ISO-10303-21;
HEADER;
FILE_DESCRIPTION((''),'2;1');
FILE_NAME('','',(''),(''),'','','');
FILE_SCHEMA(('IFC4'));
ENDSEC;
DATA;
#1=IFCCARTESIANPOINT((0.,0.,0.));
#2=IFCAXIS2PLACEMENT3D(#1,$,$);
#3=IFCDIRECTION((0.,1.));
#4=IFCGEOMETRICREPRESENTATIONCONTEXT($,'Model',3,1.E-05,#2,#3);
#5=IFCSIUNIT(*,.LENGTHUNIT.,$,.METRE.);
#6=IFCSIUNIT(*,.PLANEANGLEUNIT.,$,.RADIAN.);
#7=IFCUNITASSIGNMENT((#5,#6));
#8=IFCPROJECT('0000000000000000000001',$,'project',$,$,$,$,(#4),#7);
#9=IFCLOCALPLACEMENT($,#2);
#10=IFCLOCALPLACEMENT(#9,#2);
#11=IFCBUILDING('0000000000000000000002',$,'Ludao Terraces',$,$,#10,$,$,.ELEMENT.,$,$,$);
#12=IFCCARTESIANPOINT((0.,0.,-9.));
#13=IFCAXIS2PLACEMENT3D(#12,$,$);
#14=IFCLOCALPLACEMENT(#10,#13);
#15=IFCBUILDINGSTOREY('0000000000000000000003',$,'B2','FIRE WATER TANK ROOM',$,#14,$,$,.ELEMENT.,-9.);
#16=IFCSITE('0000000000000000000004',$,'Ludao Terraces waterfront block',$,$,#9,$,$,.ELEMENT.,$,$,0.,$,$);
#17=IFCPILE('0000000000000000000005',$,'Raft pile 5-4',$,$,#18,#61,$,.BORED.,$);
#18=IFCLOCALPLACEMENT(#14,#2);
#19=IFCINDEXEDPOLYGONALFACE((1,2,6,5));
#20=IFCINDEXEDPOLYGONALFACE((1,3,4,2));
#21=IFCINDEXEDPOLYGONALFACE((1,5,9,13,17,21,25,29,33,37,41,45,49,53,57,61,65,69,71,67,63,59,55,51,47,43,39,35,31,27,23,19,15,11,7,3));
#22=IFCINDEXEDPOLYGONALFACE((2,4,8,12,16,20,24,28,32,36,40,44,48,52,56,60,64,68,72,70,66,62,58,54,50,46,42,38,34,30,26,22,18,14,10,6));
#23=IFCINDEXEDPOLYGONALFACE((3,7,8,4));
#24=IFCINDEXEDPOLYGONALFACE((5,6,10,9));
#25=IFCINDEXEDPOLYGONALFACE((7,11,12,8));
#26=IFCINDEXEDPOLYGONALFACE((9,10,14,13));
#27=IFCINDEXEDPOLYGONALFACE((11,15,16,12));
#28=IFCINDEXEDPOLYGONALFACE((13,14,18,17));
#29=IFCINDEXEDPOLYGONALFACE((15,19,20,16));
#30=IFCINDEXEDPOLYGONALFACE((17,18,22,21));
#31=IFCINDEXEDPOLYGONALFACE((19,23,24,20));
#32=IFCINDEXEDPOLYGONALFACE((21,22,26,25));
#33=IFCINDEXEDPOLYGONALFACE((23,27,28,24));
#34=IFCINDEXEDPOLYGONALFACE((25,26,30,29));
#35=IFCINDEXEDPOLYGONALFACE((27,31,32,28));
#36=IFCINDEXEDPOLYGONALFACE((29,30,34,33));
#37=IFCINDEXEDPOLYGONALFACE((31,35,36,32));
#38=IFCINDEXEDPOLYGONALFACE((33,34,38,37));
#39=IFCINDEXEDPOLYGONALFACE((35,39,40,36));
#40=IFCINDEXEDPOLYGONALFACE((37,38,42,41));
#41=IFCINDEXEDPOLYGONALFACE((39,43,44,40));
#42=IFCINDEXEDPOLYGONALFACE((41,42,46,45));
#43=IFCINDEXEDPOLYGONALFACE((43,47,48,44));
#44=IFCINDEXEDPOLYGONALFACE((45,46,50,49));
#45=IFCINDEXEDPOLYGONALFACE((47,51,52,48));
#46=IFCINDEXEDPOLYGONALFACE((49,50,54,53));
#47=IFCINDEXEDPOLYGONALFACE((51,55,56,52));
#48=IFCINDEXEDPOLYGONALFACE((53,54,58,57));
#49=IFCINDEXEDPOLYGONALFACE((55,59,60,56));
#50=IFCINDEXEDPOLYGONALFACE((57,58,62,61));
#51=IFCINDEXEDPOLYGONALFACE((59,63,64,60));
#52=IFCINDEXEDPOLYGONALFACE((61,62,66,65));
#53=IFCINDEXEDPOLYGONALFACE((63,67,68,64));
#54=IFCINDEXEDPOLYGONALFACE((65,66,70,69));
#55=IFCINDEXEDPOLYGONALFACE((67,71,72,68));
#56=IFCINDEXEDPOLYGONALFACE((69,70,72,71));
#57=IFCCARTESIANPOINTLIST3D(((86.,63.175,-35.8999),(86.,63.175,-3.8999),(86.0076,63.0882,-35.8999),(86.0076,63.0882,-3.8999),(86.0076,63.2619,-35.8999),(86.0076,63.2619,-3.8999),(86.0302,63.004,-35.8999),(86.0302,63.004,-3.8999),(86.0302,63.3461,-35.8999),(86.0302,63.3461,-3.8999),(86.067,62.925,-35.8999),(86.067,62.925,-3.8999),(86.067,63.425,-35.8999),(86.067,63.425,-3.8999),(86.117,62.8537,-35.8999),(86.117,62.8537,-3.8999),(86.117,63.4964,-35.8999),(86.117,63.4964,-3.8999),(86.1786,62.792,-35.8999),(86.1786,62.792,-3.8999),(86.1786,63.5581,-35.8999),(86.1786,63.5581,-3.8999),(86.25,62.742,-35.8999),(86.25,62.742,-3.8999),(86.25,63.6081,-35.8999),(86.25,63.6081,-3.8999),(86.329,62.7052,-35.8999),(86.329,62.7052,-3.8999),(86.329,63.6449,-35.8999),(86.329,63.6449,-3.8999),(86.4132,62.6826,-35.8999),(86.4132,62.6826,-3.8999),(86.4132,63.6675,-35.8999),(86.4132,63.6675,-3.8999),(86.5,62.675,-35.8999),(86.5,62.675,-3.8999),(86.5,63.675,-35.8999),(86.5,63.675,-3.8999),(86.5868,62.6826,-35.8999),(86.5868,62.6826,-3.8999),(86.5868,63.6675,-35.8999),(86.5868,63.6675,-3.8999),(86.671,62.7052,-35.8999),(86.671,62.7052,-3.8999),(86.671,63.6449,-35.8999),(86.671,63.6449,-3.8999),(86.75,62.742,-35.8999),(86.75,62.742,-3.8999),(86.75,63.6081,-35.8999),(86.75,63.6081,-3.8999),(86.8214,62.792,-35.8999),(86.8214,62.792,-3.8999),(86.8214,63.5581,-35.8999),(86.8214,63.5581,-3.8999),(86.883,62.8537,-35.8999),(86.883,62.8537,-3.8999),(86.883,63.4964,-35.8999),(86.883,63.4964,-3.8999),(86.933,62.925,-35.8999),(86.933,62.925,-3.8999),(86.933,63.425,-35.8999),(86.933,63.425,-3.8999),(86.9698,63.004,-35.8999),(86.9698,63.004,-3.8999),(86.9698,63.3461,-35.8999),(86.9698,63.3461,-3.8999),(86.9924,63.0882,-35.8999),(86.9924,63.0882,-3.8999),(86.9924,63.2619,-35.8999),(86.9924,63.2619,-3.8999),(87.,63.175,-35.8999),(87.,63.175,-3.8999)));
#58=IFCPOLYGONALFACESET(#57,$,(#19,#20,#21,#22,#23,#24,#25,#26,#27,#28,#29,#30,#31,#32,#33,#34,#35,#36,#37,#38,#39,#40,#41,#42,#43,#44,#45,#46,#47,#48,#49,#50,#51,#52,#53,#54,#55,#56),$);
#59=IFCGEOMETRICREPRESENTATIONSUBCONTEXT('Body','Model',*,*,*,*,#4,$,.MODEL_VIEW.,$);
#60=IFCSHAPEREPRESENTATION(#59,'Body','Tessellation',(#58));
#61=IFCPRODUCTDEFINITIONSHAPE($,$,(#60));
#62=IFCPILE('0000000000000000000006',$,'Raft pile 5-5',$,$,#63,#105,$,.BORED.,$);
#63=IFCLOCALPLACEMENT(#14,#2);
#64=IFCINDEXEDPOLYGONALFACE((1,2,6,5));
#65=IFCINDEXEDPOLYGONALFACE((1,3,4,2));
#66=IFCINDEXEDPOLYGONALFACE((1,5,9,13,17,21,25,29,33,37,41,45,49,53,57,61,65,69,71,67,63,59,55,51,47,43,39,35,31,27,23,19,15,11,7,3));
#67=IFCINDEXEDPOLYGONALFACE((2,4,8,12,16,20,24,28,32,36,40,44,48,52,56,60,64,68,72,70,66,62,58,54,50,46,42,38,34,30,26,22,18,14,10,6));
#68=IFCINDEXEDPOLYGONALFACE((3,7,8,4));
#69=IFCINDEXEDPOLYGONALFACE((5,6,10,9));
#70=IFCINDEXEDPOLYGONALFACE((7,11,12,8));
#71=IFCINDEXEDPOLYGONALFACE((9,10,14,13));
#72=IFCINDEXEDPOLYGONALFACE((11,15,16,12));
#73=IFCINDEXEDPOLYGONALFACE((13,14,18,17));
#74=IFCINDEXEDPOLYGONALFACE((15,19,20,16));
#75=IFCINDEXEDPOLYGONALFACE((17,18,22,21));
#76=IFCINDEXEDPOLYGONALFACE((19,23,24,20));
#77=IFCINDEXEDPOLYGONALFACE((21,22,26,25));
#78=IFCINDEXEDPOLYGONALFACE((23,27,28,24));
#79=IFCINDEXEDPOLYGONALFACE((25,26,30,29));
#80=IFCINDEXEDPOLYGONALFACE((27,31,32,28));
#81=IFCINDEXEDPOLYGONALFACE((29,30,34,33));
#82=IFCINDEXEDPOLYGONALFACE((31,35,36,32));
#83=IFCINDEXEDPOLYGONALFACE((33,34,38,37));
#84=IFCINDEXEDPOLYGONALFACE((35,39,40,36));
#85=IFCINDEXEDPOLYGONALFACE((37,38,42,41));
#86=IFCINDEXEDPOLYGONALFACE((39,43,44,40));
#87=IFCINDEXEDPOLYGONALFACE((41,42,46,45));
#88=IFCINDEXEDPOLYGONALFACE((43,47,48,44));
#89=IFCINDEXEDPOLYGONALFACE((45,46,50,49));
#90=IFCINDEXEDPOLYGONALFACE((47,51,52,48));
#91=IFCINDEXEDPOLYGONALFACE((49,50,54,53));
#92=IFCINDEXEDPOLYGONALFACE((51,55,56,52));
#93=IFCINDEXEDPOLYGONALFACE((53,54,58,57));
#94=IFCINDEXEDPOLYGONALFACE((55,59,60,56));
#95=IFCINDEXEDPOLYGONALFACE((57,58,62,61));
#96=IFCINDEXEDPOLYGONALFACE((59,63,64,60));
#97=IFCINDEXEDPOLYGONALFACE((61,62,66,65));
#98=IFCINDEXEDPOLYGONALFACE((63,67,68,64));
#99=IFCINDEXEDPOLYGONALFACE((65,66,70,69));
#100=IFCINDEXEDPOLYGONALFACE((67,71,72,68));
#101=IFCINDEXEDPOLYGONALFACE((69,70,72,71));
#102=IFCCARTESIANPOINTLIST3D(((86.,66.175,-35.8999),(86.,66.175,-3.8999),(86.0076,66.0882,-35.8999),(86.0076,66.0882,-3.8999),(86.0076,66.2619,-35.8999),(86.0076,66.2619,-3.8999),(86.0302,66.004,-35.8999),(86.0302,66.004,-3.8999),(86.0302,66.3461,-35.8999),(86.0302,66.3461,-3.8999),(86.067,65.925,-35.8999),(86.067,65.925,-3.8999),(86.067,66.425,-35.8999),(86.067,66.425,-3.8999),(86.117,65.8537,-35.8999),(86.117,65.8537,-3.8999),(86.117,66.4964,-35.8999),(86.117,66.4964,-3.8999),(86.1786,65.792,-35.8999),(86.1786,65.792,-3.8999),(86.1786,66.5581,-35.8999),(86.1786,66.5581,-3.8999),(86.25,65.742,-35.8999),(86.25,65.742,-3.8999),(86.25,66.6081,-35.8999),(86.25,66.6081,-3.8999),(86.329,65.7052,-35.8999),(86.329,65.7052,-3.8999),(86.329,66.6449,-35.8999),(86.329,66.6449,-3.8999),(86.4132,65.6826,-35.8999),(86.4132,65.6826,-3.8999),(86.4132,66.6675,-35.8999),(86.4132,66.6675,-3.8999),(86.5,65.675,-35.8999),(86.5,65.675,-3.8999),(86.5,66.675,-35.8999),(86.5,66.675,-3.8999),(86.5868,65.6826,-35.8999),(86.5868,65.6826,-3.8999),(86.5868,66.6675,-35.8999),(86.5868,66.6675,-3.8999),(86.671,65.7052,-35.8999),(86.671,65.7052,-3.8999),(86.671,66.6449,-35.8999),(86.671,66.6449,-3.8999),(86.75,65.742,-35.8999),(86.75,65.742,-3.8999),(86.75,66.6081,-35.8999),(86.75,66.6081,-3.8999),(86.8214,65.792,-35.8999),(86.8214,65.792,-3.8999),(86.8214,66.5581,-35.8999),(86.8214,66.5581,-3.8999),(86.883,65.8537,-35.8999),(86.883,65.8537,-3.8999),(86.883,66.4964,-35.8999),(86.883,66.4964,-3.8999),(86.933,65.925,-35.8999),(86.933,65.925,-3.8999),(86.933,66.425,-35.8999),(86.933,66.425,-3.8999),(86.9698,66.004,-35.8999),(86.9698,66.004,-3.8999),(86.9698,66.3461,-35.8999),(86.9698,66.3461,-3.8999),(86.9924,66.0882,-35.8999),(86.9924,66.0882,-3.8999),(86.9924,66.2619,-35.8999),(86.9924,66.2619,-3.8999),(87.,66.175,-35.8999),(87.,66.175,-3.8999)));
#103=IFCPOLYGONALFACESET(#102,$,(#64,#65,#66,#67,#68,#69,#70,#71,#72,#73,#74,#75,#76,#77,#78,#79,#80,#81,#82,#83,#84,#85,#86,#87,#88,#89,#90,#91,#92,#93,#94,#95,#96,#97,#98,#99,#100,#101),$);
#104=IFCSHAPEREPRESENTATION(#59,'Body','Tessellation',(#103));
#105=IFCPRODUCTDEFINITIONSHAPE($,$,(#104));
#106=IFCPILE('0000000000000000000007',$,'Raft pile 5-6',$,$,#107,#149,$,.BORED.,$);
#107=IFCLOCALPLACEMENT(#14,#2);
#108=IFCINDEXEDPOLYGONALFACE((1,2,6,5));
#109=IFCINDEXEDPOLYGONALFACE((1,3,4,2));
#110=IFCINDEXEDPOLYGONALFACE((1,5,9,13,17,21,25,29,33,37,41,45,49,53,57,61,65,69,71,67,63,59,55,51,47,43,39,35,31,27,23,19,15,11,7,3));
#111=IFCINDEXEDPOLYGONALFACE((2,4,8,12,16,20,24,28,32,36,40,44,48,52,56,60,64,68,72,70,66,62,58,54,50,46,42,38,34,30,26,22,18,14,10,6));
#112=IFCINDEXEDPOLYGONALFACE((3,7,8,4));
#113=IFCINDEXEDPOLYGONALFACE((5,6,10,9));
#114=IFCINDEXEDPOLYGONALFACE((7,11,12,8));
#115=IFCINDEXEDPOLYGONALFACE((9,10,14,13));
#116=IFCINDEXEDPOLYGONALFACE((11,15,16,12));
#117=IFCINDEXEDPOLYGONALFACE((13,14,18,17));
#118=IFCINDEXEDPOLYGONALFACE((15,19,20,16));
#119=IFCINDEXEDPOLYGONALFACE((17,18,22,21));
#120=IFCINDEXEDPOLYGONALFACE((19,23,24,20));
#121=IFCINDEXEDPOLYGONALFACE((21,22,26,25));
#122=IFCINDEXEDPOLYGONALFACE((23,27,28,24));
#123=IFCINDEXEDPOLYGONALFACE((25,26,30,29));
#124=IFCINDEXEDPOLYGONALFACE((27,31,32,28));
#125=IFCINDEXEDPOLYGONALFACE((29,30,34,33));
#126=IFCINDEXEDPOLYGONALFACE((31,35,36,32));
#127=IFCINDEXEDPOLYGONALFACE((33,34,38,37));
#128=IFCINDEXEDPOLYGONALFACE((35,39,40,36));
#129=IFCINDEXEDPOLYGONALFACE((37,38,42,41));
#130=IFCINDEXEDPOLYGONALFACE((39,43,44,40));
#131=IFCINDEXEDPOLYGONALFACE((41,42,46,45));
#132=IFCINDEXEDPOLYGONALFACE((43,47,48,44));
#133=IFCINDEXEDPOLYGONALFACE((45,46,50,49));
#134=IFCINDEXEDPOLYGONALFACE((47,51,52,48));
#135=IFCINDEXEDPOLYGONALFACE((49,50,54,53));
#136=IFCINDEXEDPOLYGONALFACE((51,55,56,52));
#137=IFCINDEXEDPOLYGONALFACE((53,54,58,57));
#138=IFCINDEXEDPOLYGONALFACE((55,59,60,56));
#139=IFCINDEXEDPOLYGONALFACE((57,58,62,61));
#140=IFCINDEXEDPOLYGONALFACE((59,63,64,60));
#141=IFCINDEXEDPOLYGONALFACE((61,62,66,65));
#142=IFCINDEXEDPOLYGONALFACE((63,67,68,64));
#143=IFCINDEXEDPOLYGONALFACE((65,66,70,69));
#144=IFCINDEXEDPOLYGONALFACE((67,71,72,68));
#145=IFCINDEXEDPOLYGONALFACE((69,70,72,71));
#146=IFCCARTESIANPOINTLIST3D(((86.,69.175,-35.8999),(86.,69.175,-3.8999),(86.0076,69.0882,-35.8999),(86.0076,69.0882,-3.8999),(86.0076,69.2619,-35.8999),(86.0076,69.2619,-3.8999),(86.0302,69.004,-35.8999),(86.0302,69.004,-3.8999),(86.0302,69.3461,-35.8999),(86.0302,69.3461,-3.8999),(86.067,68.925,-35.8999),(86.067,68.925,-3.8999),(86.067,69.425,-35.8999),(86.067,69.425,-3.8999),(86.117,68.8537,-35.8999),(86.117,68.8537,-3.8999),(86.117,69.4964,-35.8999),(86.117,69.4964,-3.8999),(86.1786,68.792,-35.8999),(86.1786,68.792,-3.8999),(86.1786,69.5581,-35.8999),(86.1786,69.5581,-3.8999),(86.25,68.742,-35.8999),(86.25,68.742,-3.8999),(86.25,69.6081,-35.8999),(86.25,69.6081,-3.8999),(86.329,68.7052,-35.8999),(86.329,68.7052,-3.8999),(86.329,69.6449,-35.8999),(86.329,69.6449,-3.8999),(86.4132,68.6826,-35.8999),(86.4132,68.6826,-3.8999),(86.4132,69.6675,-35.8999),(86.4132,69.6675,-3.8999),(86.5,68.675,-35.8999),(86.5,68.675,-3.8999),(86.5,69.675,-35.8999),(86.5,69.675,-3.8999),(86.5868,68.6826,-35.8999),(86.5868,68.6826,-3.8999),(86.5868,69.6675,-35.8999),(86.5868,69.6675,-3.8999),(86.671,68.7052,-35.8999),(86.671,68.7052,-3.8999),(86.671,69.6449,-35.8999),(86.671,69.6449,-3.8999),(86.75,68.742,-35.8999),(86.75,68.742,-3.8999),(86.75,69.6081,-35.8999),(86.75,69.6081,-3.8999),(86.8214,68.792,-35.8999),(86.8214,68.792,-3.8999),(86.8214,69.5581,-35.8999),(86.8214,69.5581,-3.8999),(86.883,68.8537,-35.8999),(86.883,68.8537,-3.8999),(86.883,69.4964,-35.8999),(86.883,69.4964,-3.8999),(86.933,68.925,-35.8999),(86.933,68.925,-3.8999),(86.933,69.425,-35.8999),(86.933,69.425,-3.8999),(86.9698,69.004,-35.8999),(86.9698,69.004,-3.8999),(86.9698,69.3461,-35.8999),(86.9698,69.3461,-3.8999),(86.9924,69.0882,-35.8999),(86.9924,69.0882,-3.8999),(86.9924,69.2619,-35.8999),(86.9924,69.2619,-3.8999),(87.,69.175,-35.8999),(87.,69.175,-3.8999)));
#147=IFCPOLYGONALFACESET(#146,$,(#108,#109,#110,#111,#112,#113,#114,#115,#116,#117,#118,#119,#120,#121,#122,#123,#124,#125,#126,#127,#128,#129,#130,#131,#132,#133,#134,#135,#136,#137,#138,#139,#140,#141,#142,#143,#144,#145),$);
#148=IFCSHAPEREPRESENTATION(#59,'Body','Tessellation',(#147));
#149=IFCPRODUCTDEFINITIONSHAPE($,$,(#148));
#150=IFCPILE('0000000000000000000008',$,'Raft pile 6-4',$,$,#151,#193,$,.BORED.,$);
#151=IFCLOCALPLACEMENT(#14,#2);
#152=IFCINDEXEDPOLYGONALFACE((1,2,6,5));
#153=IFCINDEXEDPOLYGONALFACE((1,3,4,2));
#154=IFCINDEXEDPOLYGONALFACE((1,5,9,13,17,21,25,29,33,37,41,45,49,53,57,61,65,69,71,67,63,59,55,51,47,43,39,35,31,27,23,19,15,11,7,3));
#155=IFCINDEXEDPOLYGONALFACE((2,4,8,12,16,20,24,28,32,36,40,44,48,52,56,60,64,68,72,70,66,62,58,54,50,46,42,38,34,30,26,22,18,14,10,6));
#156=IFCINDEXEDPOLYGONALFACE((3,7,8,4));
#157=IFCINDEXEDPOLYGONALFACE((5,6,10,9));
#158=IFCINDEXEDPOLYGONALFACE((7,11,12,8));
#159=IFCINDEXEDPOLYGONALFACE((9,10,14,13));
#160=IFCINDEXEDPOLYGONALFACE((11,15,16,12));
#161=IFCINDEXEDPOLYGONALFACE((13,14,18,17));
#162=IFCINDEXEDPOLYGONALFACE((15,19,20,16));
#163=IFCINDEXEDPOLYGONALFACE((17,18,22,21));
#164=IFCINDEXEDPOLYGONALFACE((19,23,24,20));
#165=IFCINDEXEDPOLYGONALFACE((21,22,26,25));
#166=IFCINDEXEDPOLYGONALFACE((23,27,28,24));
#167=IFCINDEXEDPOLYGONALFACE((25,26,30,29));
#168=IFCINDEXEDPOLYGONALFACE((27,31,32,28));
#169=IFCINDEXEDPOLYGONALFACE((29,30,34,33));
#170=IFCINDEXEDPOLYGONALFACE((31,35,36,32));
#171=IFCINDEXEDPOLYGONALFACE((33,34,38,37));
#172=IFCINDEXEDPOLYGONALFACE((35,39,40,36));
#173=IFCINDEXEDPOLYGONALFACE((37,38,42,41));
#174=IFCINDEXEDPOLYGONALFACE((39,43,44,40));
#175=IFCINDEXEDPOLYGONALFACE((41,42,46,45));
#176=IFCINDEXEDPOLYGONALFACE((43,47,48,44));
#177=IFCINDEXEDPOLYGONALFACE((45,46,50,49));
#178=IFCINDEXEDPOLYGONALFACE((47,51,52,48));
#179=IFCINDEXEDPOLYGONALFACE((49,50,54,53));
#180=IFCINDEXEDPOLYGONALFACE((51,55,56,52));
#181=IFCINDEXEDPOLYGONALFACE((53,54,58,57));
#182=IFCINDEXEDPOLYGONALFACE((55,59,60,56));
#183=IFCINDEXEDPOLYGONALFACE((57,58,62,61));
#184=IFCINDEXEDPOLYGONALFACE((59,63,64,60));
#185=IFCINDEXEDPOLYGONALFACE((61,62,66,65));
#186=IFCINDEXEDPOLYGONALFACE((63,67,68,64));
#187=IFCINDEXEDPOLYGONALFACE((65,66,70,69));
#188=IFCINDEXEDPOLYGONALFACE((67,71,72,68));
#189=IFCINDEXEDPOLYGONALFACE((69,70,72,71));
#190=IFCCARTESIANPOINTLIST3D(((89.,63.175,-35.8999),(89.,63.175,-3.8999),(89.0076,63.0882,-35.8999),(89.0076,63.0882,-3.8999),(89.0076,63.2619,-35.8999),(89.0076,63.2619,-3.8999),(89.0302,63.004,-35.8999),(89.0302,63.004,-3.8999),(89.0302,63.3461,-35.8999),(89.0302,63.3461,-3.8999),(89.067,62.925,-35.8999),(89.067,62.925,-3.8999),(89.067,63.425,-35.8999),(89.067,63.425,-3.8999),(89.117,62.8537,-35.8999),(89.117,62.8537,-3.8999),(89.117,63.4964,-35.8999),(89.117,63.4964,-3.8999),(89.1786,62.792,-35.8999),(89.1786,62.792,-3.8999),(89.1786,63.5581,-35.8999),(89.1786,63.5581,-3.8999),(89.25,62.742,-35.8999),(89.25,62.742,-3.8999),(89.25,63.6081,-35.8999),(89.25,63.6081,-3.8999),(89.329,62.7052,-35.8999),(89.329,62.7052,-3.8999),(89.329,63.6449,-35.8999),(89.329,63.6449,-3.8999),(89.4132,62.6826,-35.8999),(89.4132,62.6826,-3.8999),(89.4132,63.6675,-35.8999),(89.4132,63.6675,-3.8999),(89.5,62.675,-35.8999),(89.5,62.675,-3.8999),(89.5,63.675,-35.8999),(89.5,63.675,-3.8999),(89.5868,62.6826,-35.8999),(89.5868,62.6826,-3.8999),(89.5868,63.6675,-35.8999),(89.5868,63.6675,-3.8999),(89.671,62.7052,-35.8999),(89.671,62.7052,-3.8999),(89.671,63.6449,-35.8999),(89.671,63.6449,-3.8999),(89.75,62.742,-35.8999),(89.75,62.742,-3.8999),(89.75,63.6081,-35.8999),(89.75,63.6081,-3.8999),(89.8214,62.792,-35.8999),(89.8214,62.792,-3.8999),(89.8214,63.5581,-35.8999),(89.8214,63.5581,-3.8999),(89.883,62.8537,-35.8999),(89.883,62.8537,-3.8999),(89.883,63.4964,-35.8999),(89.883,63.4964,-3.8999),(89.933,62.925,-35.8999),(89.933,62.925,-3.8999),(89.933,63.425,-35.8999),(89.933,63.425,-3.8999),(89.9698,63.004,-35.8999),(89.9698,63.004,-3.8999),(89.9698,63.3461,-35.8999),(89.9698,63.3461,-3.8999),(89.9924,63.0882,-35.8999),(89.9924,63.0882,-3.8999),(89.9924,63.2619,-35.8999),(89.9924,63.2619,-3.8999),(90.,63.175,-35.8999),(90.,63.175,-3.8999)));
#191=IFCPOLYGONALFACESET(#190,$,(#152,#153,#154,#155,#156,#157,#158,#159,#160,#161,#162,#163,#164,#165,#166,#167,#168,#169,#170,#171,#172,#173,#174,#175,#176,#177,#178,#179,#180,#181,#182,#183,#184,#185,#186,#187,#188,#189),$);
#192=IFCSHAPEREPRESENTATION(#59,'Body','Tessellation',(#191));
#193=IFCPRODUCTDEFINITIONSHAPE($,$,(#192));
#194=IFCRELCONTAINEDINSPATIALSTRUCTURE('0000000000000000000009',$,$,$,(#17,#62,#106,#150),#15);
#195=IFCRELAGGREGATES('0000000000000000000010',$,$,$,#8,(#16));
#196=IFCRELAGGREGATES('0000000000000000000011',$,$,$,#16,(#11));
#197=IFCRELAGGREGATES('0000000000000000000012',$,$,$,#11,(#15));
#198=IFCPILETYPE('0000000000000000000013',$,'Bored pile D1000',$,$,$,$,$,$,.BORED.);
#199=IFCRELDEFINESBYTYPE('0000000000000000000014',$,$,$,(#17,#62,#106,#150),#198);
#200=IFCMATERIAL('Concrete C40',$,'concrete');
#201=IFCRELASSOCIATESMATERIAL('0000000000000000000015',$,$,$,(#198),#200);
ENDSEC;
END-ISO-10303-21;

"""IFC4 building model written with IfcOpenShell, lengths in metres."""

from ifc_helpers import new_model, si_unit, direction, frame, origin, origin_2d, place, context, subcontext, project, spatial, circle, extrude, material, material_profile, profile_set, type_object, element, save


model = new_model("IFC4")

# Units and contexts
model_context = context("Model", 3, precision=1e-05, world=origin(), true_north=direction((0.0, 1.0)))
body_context = subcontext(model_context, "Body", "Model", "MODEL_VIEW")
ifc_project = project(units=[si_unit("LENGTHUNIT", "METRE"), si_unit("PLANEANGLEUNIT", "RADIAN")], contexts=[model_context])

# Site, building, storey
site_placement = place(None, origin())
site = spatial("IfcSite", under=ifc_project, at=site_placement, Name="Ludao Terraces waterfront block", CompositionType="ELEMENT", RefElevation=0.0)
building_placement = place(site_placement, origin())
building = spatial("IfcBuilding", under=site, at=building_placement, Name="Ludao Terraces", CompositionType="ELEMENT")
storey_placement = place(building_placement, frame((0.0, 0.0, -9.0)))
storey = spatial("IfcBuildingStorey", under=building, at=storey_placement, Name="B2", Description="FIRE WATER TANK ROOM", CompositionType="ELEMENT", Elevation=-9.0)

# Piles
ifc_material_1 = material(Name="Concrete C40", Category="concrete")
ifc_material_profile = material_profile(ifc_material_1, circle(Radius=0.5, at=origin_2d()), Name="D1000 BORED PILE")
ifc_profile_set = profile_set([ifc_material_profile], Name="Concrete C40")
pile_type = type_object("IfcPileType", Name="Bored pile D1000", PredefinedType="BORED", material=ifc_profile_set)
for number, where, z_axis, x_axis, name in (
    (1, (86.5, 63.175, -3.8999), (0.0, 0.0, -1.0), (1.0, 0.0, 0.0), "Raft pile 5-4"),
    (2, (86.5, 66.175, -3.8999), (0.0, 0.0, -1.0), (1.0, 0.0, 0.0), "Raft pile 5-5"),
    (3, (86.5, 69.175, -3.8999), (0.0, 0.0, -1.0), (1.0, 0.0, 0.0), "Raft pile 5-6"),
    (4, (89.5, 63.175, -3.8999), (0.0, 0.0, -1.0), (1.0, 0.0, 0.0), "Raft pile 6-4"),
):
    element("IfcPile", number, at=place(storey_placement, frame(where, z_axis=z_axis, x_axis=x_axis)), inside=storey, type_object=pile_type, Name=name, PredefinedType="BORED", context=body_context, shape_type="SweptSolid", body=[
        extrude(circle(Radius=0.5, at=origin_2d()), origin(), (0.0, 0.0, 1.0), 32.0),
    ])

save(model, "model.ifc")
